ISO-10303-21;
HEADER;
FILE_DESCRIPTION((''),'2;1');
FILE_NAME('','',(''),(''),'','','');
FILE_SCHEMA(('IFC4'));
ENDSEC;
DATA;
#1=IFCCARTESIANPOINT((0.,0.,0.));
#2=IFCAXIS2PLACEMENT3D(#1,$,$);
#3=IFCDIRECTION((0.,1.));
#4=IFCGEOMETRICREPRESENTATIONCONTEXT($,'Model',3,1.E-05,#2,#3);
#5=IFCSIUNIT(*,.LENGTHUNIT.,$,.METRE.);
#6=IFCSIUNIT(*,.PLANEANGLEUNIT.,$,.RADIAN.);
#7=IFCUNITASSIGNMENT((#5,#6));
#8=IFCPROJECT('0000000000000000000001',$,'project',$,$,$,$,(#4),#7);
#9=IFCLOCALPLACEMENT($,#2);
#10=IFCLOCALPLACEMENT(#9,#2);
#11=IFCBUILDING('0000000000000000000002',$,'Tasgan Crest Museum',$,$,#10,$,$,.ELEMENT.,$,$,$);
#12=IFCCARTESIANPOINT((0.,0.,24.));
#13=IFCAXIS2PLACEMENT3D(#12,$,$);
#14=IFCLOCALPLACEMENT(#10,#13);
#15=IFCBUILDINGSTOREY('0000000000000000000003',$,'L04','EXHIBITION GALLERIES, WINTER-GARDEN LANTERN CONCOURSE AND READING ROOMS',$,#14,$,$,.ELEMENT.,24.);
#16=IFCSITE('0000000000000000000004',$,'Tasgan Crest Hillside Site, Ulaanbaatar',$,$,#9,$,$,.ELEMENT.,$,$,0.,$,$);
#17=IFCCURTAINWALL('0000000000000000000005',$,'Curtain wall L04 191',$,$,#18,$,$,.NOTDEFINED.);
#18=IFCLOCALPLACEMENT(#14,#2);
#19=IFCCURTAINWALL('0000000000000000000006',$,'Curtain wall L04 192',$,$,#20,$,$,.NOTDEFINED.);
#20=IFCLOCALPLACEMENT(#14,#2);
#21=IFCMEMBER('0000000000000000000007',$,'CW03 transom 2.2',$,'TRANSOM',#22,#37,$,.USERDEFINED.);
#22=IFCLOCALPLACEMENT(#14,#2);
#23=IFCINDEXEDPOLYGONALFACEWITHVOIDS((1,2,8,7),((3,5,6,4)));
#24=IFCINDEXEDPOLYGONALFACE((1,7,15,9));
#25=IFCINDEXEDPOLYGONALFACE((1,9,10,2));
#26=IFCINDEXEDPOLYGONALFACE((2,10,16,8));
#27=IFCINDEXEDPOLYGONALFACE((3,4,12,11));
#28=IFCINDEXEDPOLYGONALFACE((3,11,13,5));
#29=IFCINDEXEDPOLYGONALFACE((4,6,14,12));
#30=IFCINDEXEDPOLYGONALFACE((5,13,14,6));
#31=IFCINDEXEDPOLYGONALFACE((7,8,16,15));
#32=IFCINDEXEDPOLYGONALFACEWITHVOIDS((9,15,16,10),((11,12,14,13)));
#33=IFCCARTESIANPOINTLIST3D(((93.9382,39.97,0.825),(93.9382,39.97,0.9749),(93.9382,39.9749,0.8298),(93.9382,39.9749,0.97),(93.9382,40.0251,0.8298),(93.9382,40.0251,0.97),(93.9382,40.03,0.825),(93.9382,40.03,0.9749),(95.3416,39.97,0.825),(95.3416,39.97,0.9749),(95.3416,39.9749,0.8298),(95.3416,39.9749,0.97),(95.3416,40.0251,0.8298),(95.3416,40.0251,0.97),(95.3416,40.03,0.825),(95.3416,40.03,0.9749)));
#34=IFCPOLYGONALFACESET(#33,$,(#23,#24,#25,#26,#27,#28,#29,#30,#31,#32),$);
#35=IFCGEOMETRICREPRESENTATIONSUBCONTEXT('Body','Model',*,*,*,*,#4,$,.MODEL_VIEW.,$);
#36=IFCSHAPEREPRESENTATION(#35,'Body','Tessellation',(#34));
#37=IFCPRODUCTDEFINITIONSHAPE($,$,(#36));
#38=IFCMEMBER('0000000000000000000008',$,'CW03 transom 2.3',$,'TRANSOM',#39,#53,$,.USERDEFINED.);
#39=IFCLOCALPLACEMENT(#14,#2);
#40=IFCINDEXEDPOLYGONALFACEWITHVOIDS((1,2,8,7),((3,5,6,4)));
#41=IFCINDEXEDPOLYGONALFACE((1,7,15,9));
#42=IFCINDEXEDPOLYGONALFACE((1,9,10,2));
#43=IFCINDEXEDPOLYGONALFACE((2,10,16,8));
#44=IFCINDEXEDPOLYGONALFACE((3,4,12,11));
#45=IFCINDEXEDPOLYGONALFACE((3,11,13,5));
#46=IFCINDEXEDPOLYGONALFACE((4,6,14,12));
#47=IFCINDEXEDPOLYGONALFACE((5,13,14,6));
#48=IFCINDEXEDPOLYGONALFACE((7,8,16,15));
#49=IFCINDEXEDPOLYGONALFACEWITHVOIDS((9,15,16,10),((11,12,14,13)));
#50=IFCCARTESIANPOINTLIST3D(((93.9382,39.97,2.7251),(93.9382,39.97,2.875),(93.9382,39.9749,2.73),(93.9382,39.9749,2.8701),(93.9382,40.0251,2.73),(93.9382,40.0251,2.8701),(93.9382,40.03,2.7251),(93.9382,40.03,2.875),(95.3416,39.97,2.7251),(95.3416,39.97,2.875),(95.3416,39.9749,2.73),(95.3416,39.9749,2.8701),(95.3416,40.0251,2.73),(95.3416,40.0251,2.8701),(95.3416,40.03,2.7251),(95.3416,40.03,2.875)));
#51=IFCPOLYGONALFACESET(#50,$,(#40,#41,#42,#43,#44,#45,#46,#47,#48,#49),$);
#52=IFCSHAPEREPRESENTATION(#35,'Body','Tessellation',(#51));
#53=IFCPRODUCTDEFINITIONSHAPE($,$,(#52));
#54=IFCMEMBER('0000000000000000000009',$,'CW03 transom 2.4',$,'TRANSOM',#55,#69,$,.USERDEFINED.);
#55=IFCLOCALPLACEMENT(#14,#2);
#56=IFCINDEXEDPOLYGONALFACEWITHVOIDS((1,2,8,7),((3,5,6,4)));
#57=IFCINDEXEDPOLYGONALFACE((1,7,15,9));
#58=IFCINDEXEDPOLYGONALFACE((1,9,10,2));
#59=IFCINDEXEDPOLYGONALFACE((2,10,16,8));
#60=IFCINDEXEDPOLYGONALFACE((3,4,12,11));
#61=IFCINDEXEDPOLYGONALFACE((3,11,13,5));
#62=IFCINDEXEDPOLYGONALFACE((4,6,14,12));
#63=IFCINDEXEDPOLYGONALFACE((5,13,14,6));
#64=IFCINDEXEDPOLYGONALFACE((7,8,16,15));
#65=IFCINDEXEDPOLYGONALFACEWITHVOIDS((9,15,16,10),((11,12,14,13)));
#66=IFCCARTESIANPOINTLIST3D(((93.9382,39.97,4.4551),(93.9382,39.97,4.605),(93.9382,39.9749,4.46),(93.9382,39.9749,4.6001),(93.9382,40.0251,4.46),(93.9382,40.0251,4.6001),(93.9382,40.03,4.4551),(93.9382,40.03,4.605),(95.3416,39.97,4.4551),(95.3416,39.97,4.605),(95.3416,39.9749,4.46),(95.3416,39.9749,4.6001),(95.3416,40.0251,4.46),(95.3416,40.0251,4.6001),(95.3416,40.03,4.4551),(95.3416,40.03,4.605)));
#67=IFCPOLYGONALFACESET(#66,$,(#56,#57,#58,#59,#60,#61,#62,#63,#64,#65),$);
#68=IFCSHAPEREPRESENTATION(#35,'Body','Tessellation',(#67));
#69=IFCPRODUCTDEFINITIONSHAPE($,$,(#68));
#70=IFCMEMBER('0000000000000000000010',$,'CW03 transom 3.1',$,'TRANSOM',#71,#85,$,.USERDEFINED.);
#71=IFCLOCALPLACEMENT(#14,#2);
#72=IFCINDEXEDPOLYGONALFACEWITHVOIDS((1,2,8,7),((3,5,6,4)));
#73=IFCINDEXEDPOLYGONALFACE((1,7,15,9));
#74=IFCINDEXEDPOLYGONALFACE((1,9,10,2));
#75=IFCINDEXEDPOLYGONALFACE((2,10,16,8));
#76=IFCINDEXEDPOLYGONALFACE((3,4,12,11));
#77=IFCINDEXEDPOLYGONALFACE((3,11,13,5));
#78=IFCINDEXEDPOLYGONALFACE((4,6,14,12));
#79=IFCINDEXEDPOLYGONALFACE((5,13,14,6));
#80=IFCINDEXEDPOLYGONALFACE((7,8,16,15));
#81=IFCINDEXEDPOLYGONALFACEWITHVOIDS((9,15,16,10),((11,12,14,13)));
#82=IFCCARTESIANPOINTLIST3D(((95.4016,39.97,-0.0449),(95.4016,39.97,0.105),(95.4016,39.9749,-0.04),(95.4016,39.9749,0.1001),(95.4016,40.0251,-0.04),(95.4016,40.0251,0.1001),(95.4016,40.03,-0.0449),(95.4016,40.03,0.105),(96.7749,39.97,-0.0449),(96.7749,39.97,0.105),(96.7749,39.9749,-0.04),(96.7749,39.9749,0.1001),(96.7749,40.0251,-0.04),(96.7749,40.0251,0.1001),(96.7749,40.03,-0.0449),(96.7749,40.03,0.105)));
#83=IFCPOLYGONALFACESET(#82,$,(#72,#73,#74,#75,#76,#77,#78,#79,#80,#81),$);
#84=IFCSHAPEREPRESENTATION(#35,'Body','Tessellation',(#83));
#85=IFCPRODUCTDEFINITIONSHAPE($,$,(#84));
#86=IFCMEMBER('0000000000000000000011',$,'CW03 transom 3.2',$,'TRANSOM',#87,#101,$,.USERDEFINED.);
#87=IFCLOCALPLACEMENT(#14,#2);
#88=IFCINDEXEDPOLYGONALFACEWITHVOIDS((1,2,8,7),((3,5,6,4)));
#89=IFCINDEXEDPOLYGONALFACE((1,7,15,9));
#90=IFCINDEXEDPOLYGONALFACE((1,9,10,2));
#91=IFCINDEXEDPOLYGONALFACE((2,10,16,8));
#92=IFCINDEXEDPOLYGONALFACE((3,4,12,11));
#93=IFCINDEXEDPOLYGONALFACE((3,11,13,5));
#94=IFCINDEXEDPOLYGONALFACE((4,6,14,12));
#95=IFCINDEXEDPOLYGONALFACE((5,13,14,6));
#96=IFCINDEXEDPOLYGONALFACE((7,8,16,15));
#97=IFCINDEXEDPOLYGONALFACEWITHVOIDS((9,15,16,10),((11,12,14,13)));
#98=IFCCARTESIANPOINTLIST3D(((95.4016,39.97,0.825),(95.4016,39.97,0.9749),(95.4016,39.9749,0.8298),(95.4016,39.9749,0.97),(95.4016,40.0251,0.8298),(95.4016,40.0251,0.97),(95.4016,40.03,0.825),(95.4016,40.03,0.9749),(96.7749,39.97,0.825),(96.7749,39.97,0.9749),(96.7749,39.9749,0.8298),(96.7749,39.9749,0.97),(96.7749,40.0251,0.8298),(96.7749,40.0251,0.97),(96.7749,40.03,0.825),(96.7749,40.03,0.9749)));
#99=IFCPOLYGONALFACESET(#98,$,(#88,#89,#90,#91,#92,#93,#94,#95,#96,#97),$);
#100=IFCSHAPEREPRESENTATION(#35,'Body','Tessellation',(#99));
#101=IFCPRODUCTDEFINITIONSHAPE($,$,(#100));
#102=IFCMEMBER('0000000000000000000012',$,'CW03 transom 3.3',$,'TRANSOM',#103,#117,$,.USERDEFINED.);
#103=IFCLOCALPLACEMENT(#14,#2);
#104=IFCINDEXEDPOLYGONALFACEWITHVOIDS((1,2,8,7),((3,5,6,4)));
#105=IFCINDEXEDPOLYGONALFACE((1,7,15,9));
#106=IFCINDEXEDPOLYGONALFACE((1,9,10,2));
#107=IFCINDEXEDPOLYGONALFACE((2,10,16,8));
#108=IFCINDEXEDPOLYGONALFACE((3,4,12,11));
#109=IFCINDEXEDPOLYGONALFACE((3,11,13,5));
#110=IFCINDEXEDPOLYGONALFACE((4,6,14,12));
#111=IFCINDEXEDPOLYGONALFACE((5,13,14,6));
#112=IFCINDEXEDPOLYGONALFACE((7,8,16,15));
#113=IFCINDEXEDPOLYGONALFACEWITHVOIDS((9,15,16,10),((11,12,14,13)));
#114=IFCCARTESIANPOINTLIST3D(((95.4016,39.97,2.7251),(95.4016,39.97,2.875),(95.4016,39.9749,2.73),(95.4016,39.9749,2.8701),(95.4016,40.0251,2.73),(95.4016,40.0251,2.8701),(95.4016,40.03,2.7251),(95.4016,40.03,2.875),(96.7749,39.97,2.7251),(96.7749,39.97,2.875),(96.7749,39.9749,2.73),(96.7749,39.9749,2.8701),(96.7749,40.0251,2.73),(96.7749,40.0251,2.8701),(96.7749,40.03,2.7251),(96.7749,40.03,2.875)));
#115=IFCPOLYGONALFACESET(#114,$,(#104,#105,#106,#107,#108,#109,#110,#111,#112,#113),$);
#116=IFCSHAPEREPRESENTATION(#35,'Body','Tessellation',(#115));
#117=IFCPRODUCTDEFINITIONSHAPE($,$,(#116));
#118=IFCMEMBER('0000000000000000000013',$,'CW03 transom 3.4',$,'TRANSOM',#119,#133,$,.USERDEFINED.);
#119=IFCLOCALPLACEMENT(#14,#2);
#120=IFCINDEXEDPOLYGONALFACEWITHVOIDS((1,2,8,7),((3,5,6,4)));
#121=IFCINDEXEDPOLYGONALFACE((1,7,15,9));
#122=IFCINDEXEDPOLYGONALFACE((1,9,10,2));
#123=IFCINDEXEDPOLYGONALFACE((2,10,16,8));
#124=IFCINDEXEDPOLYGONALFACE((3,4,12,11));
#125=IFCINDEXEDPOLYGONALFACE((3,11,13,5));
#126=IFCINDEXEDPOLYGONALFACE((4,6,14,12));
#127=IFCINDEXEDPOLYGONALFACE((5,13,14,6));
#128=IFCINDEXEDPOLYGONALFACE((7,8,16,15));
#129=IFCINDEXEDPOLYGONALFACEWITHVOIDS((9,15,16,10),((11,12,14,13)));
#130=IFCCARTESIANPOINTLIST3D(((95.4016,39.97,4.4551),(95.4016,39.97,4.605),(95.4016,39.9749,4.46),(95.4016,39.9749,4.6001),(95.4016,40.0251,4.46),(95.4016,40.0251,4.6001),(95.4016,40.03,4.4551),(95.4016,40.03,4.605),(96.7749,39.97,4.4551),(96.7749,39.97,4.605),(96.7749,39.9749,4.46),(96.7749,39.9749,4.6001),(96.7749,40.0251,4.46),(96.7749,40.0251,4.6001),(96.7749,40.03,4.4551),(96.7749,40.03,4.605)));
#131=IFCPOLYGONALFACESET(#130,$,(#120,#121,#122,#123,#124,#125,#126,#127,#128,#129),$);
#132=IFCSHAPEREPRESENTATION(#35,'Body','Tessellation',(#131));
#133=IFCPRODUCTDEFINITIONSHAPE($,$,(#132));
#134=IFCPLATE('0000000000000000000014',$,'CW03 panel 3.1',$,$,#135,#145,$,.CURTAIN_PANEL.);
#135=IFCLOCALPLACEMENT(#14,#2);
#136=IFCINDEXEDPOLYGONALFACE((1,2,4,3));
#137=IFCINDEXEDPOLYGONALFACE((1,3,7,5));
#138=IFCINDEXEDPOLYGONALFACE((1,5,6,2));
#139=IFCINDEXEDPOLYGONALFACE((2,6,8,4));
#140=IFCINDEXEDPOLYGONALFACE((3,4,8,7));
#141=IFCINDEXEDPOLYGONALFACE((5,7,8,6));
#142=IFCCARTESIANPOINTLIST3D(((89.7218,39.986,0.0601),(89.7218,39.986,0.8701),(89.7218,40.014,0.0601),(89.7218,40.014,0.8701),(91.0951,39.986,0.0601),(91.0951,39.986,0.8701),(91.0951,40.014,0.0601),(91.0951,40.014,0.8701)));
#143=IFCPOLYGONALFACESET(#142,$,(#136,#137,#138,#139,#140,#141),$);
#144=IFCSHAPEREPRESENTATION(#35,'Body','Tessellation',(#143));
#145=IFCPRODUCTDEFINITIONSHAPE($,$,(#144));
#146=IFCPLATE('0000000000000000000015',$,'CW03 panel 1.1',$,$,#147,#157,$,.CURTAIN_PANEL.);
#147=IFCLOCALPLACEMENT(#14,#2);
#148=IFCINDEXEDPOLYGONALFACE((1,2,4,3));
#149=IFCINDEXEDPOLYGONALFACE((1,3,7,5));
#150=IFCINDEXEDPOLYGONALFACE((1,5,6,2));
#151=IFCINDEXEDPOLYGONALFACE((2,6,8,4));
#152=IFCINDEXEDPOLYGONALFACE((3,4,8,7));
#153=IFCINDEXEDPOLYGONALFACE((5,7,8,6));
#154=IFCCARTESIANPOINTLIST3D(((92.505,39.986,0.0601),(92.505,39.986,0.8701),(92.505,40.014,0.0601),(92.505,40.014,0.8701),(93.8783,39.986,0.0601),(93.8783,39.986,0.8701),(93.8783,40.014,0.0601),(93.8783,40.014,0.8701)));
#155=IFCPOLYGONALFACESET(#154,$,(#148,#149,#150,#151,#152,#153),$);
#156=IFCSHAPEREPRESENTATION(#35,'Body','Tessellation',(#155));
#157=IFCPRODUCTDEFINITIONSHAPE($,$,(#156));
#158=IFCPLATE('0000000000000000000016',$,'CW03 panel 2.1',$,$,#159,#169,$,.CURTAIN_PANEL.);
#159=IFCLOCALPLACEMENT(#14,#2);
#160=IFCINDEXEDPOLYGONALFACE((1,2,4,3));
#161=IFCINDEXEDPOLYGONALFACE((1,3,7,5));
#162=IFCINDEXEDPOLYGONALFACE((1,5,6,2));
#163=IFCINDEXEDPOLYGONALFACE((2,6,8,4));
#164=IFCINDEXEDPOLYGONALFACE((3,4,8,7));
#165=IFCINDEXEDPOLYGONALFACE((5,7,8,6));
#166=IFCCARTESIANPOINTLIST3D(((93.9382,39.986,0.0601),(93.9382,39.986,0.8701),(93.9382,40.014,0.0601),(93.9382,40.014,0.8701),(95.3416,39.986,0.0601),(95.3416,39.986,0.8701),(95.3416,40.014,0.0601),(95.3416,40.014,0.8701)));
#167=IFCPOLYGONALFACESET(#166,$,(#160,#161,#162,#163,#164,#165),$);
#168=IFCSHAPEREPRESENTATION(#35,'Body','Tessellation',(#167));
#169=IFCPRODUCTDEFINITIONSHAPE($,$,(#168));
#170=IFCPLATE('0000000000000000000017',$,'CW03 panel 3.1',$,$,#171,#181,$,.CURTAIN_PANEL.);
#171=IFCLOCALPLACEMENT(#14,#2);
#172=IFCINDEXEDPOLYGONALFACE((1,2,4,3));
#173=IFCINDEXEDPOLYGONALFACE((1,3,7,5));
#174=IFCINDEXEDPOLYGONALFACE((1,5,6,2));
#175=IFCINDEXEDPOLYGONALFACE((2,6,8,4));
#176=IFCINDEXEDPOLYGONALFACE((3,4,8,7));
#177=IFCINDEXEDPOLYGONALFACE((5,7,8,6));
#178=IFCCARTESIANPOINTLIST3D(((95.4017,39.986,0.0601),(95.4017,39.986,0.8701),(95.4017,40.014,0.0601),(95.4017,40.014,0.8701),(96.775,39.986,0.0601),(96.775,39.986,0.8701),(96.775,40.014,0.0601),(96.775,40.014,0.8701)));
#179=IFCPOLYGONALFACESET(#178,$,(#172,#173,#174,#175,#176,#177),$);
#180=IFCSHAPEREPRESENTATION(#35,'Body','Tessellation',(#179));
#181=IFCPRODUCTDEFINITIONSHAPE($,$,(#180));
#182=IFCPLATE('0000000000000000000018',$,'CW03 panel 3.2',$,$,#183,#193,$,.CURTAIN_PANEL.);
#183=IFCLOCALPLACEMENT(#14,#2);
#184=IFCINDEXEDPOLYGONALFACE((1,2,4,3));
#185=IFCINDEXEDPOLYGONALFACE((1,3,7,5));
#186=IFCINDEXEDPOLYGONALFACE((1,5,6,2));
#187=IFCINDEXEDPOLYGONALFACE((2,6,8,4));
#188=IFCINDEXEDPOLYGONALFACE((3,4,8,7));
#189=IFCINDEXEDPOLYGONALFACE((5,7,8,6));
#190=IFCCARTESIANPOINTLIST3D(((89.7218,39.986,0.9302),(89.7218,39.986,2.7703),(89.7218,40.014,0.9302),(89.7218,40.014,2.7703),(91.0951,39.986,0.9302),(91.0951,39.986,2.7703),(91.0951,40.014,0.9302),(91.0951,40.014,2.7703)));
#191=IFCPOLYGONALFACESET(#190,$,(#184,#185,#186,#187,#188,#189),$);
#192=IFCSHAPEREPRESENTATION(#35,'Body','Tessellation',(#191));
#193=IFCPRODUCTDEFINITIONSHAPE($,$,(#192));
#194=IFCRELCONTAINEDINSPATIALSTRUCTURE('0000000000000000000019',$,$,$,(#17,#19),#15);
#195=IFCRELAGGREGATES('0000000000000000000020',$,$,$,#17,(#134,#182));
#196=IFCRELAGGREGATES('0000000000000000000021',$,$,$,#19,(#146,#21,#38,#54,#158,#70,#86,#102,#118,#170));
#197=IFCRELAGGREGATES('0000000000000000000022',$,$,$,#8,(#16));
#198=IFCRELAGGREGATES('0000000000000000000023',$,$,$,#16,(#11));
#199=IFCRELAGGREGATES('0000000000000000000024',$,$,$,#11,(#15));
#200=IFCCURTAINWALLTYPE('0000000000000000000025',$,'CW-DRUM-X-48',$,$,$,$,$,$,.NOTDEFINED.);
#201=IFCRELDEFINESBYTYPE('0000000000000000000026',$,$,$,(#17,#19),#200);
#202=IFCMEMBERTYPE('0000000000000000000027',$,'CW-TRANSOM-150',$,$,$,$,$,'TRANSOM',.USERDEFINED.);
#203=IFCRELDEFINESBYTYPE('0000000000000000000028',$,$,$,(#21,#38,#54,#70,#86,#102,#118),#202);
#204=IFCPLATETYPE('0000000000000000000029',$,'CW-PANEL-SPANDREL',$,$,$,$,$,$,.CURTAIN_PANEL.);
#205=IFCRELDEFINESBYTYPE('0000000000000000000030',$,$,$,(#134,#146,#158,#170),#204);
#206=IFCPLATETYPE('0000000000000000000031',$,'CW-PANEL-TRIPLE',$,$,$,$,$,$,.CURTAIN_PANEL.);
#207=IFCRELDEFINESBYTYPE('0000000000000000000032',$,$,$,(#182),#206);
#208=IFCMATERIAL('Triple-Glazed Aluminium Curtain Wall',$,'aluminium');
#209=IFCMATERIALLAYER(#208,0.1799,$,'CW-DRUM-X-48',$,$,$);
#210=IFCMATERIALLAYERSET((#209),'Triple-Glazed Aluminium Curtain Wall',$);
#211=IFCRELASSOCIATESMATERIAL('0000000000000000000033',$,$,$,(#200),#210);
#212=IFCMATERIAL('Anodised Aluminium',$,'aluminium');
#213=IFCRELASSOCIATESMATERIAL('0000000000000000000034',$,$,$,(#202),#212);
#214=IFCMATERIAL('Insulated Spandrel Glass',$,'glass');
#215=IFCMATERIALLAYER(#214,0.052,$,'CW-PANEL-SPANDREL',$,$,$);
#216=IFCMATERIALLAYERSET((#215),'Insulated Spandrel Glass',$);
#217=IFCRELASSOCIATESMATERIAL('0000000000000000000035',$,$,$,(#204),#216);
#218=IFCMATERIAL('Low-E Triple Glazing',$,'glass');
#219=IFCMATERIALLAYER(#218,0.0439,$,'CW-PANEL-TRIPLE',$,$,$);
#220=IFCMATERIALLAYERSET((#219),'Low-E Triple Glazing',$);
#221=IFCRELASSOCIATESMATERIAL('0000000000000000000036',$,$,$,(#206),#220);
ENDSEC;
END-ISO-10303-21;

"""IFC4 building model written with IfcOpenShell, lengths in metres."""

from ifc_helpers import new_model, si_unit, direction, frame, origin, origin_2d, place, context, subcontext, project, spatial, rectangle, hollow_rectangle, extrude, material, layer, layer_set, material_profile, profile_set, type_object, element, aggregate, save


model = new_model("IFC4")

# Units and contexts
model_context = context("Model", 3, precision=1e-05, world=origin(), true_north=direction((0.0, 1.0)))
body_context = subcontext(model_context, "Body", "Model", "MODEL_VIEW")
ifc_project = project(units=[si_unit("LENGTHUNIT", "METRE"), si_unit("PLANEANGLEUNIT", "RADIAN")], contexts=[model_context])

# Site, building, storey
site_placement = place(None, origin())
site = spatial("IfcSite", under=ifc_project, at=site_placement, Name="Tasgan Crest Hillside Site, Ulaanbaatar", CompositionType="ELEMENT", RefElevation=0.0)
building_placement = place(site_placement, origin())
building = spatial("IfcBuilding", under=site, at=building_placement, Name="Tasgan Crest Museum", CompositionType="ELEMENT")
storey_placement = place(building_placement, frame((0.0, 0.0, 24.0)))
storey = spatial("IfcBuildingStorey", under=building, at=storey_placement, Name="L04", Description="EXHIBITION GALLERIES, WINTER-GARDEN LANTERN CONCOURSE AND READING ROOMS", CompositionType="ELEMENT", Elevation=24.0)

# Curtain wall
ifc_material_1 = material(Name="Triple-Glazed Aluminium Curtain Wall", Category="aluminium")
ifc_layer_1 = layer(ifc_material_1, 0.1799, Name="CW-DRUM-X-48")
ifc_layer_set_1 = layer_set([ifc_layer_1], Name="Triple-Glazed Aluminium Curtain Wall")
curtain_wall_type = type_object("IfcCurtainWallType", Name="CW-DRUM-X-48", PredefinedType="NOTDEFINED", material=ifc_layer_set_1)
curtain_wall_1_placement = place(storey_placement, origin())
curtain_wall_1 = element("IfcCurtainWall", 1, at=curtain_wall_1_placement, inside=storey, type_object=curtain_wall_type, Name="Curtain wall L04 191", PredefinedType="NOTDEFINED")

# Curtain wall
curtain_wall_2_placement = place(storey_placement, origin())
curtain_wall_2 = element("IfcCurtainWall", 2, at=curtain_wall_2_placement, inside=storey, type_object=curtain_wall_type, Name="Curtain wall L04 192", PredefinedType="NOTDEFINED")

# Members
ifc_material_2 = material(Name="Anodised Aluminium", Category="aluminium")
ifc_material_profile_1 = material_profile(ifc_material_2, hollow_rectangle(XDim=0.0601, YDim=0.1499, WallThickness=0.0049, at=origin_2d()), Name="ALU TRANSOM 150x60x5")
ifc_profile_set_1 = profile_set([ifc_material_profile_1], Name="Anodised Aluminium")
member_type_1 = type_object("IfcMemberType", Name="CW-TRANSOM-150", ElementType="TRANSOM", PredefinedType="USERDEFINED", material=ifc_profile_set_1)
member_1_placement = place(storey_placement, frame((93.9382, 40.0, 0.8999), z_axis=(1.0, 0.0, 0.0), x_axis=(0.0, 1.0, 0.0)))
member_1 = element("IfcMember", 3, at=member_1_placement, type_object=member_type_1, Name="CW03 transom 2.2", ObjectType="TRANSOM", PredefinedType="USERDEFINED", context=body_context, shape_type="SweptSolid", body=[
    extrude(hollow_rectangle(XDim=0.0601, YDim=0.1499, WallThickness=0.0049, at=origin_2d()), origin(), (0.0, 0.0, 1.0), 1.4033),
])
member_2_placement = place(storey_placement, frame((93.9382, 40.0, 2.8), z_axis=(1.0, 0.0, 0.0), x_axis=(0.0, 1.0, 0.0)))
member_2 = element("IfcMember", 4, at=member_2_placement, type_object=member_type_1, Name="CW03 transom 2.3", ObjectType="TRANSOM", PredefinedType="USERDEFINED", context=body_context, shape_type="SweptSolid", body=[
    extrude(hollow_rectangle(XDim=0.0601, YDim=0.1499, WallThickness=0.0049, at=origin_2d()), origin(), (0.0, 0.0, 1.0), 1.4033),
])
member_3_placement = place(storey_placement, frame((93.9382, 40.0, 4.53), z_axis=(1.0, 0.0, 0.0), x_axis=(0.0, 1.0, 0.0)))
member_3 = element("IfcMember", 5, at=member_3_placement, type_object=member_type_1, Name="CW03 transom 2.4", ObjectType="TRANSOM", PredefinedType="USERDEFINED", context=body_context, shape_type="SweptSolid", body=[
    extrude(hollow_rectangle(XDim=0.0601, YDim=0.1499, WallThickness=0.0049, at=origin_2d()), origin(), (0.0, 0.0, 1.0), 1.4033),
])
member_4_placement = place(storey_placement, frame((95.4016, 40.0, 0.03), z_axis=(1.0, 0.0, 0.0), x_axis=(0.0, 1.0, 0.0)))
member_4 = element("IfcMember", 6, at=member_4_placement, type_object=member_type_1, Name="CW03 transom 3.1", ObjectType="TRANSOM", PredefinedType="USERDEFINED", context=body_context, shape_type="SweptSolid", body=[
    extrude(hollow_rectangle(XDim=0.0601, YDim=0.1499, WallThickness=0.0049, at=origin_2d()), origin(), (0.0, 0.0, 1.0), 1.3733),
])
member_5_placement = place(storey_placement, frame((95.4016, 40.0, 0.8999), z_axis=(1.0, 0.0, 0.0), x_axis=(0.0, 1.0, 0.0)))
member_5 = element("IfcMember", 7, at=member_5_placement, type_object=member_type_1, Name="CW03 transom 3.2", ObjectType="TRANSOM", PredefinedType="USERDEFINED", context=body_context, shape_type="SweptSolid", body=[
    extrude(hollow_rectangle(XDim=0.0601, YDim=0.1499, WallThickness=0.0049, at=origin_2d()), origin(), (0.0, 0.0, 1.0), 1.3733),
])
member_6_placement = place(storey_placement, frame((95.4016, 40.0, 2.8), z_axis=(1.0, 0.0, 0.0), x_axis=(0.0, 1.0, 0.0)))
member_6 = element("IfcMember", 8, at=member_6_placement, type_object=member_type_1, Name="CW03 transom 3.3", ObjectType="TRANSOM", PredefinedType="USERDEFINED", context=body_context, shape_type="SweptSolid", body=[
    extrude(hollow_rectangle(XDim=0.0601, YDim=0.1499, WallThickness=0.0049, at=origin_2d()), origin(), (0.0, 0.0, 1.0), 1.3733),
])
member_7_placement = place(storey_placement, frame((95.4016, 40.0, 4.53), z_axis=(1.0, 0.0, 0.0), x_axis=(0.0, 1.0, 0.0)))
member_7 = element("IfcMember", 9, at=member_7_placement, type_object=member_type_1, Name="CW03 transom 3.4", ObjectType="TRANSOM", PredefinedType="USERDEFINED", context=body_context, shape_type="SweptSolid", body=[
    extrude(hollow_rectangle(XDim=0.0601, YDim=0.1499, WallThickness=0.0049, at=origin_2d()), origin(), (0.0, 0.0, 1.0), 1.3733),
])

# Plates
ifc_material_3 = material(Name="Insulated Spandrel Glass", Category="glass")
ifc_layer_2 = layer(ifc_material_3, 0.052, Name="CW-PANEL-SPANDREL")
ifc_layer_set_2 = layer_set([ifc_layer_2], Name="Insulated Spandrel Glass")
plate_type_1 = type_object("IfcPlateType", Name="CW-PANEL-SPANDREL", PredefinedType="CURTAIN_PANEL", material=ifc_layer_set_2)
plate_1_placement = place(storey_placement, frame((90.4084, 40.0, 0.0601), z_axis=(0.0, 0.0, 1.0), x_axis=(1.0, 0.0, 0.0)))
plate_1 = element("IfcPlate", 10, at=plate_1_placement, type_object=plate_type_1, Name="CW03 panel 3.1", PredefinedType="CURTAIN_PANEL", context=body_context, shape_type="SweptSolid", body=[
    extrude(rectangle(XDim=1.3733, YDim=0.0281, at=origin_2d()), origin(), (0.0, 0.0, 1.0), 0.8101),
])
plate_2_placement = place(storey_placement, frame((93.1917, 40.0, 0.0601), z_axis=(0.0, 0.0, 1.0), x_axis=(1.0, 0.0, 0.0)))
plate_2 = element("IfcPlate", 11, at=plate_2_placement, type_object=plate_type_1, Name="CW03 panel 1.1", PredefinedType="CURTAIN_PANEL", context=body_context, shape_type="SweptSolid", body=[
    extrude(rectangle(XDim=1.3733, YDim=0.0281, at=origin_2d()), origin(), (0.0, 0.0, 1.0), 0.8101),
])
plate_3_placement = place(storey_placement, frame((94.6399, 40.0, 0.0601), z_axis=(0.0, 0.0, 1.0), x_axis=(1.0, 0.0, 0.0)))
plate_3 = element("IfcPlate", 12, at=plate_3_placement, type_object=plate_type_1, Name="CW03 panel 2.1", PredefinedType="CURTAIN_PANEL", context=body_context, shape_type="SweptSolid", body=[
    extrude(rectangle(XDim=1.4033, YDim=0.0281, at=origin_2d()), origin(), (0.0, 0.0, 1.0), 0.8101),
])
plate_4_placement = place(storey_placement, frame((96.0884, 40.0, 0.0601), z_axis=(0.0, 0.0, 1.0), x_axis=(1.0, 0.0, 0.0)))
plate_4 = element("IfcPlate", 13, at=plate_4_placement, type_object=plate_type_1, Name="CW03 panel 3.1", PredefinedType="CURTAIN_PANEL", context=body_context, shape_type="SweptSolid", body=[
    extrude(rectangle(XDim=1.3733, YDim=0.0281, at=origin_2d()), origin(), (0.0, 0.0, 1.0), 0.8101),
])
ifc_material_4 = material(Name="Low-E Triple Glazing", Category="glass")
ifc_layer_3 = layer(ifc_material_4, 0.0439, Name="CW-PANEL-TRIPLE")
ifc_layer_set_3 = layer_set([ifc_layer_3], Name="Low-E Triple Glazing")
plate_type_2 = type_object("IfcPlateType", Name="CW-PANEL-TRIPLE", PredefinedType="CURTAIN_PANEL", material=ifc_layer_set_3)
plate_5_placement = place(storey_placement, frame((90.4084, 40.0, 0.9302), z_axis=(0.0, 0.0, 1.0), x_axis=(1.0, 0.0, 0.0)))
plate_5 = element("IfcPlate", 14, at=plate_5_placement, type_object=plate_type_2, Name="CW03 panel 3.2", PredefinedType="CURTAIN_PANEL", context=body_context, shape_type="SweptSolid", body=[
    extrude(rectangle(XDim=1.3733, YDim=0.0281, at=origin_2d()), origin(), (0.0, 0.0, 1.0), 1.8401),
])
aggregate(curtain_wall_1, [plate_1, plate_5])
aggregate(curtain_wall_2, [plate_2, member_1, member_2, member_3, plate_3, member_4, member_5, member_6, member_7, plate_4])

save(model, "model.ifc")
